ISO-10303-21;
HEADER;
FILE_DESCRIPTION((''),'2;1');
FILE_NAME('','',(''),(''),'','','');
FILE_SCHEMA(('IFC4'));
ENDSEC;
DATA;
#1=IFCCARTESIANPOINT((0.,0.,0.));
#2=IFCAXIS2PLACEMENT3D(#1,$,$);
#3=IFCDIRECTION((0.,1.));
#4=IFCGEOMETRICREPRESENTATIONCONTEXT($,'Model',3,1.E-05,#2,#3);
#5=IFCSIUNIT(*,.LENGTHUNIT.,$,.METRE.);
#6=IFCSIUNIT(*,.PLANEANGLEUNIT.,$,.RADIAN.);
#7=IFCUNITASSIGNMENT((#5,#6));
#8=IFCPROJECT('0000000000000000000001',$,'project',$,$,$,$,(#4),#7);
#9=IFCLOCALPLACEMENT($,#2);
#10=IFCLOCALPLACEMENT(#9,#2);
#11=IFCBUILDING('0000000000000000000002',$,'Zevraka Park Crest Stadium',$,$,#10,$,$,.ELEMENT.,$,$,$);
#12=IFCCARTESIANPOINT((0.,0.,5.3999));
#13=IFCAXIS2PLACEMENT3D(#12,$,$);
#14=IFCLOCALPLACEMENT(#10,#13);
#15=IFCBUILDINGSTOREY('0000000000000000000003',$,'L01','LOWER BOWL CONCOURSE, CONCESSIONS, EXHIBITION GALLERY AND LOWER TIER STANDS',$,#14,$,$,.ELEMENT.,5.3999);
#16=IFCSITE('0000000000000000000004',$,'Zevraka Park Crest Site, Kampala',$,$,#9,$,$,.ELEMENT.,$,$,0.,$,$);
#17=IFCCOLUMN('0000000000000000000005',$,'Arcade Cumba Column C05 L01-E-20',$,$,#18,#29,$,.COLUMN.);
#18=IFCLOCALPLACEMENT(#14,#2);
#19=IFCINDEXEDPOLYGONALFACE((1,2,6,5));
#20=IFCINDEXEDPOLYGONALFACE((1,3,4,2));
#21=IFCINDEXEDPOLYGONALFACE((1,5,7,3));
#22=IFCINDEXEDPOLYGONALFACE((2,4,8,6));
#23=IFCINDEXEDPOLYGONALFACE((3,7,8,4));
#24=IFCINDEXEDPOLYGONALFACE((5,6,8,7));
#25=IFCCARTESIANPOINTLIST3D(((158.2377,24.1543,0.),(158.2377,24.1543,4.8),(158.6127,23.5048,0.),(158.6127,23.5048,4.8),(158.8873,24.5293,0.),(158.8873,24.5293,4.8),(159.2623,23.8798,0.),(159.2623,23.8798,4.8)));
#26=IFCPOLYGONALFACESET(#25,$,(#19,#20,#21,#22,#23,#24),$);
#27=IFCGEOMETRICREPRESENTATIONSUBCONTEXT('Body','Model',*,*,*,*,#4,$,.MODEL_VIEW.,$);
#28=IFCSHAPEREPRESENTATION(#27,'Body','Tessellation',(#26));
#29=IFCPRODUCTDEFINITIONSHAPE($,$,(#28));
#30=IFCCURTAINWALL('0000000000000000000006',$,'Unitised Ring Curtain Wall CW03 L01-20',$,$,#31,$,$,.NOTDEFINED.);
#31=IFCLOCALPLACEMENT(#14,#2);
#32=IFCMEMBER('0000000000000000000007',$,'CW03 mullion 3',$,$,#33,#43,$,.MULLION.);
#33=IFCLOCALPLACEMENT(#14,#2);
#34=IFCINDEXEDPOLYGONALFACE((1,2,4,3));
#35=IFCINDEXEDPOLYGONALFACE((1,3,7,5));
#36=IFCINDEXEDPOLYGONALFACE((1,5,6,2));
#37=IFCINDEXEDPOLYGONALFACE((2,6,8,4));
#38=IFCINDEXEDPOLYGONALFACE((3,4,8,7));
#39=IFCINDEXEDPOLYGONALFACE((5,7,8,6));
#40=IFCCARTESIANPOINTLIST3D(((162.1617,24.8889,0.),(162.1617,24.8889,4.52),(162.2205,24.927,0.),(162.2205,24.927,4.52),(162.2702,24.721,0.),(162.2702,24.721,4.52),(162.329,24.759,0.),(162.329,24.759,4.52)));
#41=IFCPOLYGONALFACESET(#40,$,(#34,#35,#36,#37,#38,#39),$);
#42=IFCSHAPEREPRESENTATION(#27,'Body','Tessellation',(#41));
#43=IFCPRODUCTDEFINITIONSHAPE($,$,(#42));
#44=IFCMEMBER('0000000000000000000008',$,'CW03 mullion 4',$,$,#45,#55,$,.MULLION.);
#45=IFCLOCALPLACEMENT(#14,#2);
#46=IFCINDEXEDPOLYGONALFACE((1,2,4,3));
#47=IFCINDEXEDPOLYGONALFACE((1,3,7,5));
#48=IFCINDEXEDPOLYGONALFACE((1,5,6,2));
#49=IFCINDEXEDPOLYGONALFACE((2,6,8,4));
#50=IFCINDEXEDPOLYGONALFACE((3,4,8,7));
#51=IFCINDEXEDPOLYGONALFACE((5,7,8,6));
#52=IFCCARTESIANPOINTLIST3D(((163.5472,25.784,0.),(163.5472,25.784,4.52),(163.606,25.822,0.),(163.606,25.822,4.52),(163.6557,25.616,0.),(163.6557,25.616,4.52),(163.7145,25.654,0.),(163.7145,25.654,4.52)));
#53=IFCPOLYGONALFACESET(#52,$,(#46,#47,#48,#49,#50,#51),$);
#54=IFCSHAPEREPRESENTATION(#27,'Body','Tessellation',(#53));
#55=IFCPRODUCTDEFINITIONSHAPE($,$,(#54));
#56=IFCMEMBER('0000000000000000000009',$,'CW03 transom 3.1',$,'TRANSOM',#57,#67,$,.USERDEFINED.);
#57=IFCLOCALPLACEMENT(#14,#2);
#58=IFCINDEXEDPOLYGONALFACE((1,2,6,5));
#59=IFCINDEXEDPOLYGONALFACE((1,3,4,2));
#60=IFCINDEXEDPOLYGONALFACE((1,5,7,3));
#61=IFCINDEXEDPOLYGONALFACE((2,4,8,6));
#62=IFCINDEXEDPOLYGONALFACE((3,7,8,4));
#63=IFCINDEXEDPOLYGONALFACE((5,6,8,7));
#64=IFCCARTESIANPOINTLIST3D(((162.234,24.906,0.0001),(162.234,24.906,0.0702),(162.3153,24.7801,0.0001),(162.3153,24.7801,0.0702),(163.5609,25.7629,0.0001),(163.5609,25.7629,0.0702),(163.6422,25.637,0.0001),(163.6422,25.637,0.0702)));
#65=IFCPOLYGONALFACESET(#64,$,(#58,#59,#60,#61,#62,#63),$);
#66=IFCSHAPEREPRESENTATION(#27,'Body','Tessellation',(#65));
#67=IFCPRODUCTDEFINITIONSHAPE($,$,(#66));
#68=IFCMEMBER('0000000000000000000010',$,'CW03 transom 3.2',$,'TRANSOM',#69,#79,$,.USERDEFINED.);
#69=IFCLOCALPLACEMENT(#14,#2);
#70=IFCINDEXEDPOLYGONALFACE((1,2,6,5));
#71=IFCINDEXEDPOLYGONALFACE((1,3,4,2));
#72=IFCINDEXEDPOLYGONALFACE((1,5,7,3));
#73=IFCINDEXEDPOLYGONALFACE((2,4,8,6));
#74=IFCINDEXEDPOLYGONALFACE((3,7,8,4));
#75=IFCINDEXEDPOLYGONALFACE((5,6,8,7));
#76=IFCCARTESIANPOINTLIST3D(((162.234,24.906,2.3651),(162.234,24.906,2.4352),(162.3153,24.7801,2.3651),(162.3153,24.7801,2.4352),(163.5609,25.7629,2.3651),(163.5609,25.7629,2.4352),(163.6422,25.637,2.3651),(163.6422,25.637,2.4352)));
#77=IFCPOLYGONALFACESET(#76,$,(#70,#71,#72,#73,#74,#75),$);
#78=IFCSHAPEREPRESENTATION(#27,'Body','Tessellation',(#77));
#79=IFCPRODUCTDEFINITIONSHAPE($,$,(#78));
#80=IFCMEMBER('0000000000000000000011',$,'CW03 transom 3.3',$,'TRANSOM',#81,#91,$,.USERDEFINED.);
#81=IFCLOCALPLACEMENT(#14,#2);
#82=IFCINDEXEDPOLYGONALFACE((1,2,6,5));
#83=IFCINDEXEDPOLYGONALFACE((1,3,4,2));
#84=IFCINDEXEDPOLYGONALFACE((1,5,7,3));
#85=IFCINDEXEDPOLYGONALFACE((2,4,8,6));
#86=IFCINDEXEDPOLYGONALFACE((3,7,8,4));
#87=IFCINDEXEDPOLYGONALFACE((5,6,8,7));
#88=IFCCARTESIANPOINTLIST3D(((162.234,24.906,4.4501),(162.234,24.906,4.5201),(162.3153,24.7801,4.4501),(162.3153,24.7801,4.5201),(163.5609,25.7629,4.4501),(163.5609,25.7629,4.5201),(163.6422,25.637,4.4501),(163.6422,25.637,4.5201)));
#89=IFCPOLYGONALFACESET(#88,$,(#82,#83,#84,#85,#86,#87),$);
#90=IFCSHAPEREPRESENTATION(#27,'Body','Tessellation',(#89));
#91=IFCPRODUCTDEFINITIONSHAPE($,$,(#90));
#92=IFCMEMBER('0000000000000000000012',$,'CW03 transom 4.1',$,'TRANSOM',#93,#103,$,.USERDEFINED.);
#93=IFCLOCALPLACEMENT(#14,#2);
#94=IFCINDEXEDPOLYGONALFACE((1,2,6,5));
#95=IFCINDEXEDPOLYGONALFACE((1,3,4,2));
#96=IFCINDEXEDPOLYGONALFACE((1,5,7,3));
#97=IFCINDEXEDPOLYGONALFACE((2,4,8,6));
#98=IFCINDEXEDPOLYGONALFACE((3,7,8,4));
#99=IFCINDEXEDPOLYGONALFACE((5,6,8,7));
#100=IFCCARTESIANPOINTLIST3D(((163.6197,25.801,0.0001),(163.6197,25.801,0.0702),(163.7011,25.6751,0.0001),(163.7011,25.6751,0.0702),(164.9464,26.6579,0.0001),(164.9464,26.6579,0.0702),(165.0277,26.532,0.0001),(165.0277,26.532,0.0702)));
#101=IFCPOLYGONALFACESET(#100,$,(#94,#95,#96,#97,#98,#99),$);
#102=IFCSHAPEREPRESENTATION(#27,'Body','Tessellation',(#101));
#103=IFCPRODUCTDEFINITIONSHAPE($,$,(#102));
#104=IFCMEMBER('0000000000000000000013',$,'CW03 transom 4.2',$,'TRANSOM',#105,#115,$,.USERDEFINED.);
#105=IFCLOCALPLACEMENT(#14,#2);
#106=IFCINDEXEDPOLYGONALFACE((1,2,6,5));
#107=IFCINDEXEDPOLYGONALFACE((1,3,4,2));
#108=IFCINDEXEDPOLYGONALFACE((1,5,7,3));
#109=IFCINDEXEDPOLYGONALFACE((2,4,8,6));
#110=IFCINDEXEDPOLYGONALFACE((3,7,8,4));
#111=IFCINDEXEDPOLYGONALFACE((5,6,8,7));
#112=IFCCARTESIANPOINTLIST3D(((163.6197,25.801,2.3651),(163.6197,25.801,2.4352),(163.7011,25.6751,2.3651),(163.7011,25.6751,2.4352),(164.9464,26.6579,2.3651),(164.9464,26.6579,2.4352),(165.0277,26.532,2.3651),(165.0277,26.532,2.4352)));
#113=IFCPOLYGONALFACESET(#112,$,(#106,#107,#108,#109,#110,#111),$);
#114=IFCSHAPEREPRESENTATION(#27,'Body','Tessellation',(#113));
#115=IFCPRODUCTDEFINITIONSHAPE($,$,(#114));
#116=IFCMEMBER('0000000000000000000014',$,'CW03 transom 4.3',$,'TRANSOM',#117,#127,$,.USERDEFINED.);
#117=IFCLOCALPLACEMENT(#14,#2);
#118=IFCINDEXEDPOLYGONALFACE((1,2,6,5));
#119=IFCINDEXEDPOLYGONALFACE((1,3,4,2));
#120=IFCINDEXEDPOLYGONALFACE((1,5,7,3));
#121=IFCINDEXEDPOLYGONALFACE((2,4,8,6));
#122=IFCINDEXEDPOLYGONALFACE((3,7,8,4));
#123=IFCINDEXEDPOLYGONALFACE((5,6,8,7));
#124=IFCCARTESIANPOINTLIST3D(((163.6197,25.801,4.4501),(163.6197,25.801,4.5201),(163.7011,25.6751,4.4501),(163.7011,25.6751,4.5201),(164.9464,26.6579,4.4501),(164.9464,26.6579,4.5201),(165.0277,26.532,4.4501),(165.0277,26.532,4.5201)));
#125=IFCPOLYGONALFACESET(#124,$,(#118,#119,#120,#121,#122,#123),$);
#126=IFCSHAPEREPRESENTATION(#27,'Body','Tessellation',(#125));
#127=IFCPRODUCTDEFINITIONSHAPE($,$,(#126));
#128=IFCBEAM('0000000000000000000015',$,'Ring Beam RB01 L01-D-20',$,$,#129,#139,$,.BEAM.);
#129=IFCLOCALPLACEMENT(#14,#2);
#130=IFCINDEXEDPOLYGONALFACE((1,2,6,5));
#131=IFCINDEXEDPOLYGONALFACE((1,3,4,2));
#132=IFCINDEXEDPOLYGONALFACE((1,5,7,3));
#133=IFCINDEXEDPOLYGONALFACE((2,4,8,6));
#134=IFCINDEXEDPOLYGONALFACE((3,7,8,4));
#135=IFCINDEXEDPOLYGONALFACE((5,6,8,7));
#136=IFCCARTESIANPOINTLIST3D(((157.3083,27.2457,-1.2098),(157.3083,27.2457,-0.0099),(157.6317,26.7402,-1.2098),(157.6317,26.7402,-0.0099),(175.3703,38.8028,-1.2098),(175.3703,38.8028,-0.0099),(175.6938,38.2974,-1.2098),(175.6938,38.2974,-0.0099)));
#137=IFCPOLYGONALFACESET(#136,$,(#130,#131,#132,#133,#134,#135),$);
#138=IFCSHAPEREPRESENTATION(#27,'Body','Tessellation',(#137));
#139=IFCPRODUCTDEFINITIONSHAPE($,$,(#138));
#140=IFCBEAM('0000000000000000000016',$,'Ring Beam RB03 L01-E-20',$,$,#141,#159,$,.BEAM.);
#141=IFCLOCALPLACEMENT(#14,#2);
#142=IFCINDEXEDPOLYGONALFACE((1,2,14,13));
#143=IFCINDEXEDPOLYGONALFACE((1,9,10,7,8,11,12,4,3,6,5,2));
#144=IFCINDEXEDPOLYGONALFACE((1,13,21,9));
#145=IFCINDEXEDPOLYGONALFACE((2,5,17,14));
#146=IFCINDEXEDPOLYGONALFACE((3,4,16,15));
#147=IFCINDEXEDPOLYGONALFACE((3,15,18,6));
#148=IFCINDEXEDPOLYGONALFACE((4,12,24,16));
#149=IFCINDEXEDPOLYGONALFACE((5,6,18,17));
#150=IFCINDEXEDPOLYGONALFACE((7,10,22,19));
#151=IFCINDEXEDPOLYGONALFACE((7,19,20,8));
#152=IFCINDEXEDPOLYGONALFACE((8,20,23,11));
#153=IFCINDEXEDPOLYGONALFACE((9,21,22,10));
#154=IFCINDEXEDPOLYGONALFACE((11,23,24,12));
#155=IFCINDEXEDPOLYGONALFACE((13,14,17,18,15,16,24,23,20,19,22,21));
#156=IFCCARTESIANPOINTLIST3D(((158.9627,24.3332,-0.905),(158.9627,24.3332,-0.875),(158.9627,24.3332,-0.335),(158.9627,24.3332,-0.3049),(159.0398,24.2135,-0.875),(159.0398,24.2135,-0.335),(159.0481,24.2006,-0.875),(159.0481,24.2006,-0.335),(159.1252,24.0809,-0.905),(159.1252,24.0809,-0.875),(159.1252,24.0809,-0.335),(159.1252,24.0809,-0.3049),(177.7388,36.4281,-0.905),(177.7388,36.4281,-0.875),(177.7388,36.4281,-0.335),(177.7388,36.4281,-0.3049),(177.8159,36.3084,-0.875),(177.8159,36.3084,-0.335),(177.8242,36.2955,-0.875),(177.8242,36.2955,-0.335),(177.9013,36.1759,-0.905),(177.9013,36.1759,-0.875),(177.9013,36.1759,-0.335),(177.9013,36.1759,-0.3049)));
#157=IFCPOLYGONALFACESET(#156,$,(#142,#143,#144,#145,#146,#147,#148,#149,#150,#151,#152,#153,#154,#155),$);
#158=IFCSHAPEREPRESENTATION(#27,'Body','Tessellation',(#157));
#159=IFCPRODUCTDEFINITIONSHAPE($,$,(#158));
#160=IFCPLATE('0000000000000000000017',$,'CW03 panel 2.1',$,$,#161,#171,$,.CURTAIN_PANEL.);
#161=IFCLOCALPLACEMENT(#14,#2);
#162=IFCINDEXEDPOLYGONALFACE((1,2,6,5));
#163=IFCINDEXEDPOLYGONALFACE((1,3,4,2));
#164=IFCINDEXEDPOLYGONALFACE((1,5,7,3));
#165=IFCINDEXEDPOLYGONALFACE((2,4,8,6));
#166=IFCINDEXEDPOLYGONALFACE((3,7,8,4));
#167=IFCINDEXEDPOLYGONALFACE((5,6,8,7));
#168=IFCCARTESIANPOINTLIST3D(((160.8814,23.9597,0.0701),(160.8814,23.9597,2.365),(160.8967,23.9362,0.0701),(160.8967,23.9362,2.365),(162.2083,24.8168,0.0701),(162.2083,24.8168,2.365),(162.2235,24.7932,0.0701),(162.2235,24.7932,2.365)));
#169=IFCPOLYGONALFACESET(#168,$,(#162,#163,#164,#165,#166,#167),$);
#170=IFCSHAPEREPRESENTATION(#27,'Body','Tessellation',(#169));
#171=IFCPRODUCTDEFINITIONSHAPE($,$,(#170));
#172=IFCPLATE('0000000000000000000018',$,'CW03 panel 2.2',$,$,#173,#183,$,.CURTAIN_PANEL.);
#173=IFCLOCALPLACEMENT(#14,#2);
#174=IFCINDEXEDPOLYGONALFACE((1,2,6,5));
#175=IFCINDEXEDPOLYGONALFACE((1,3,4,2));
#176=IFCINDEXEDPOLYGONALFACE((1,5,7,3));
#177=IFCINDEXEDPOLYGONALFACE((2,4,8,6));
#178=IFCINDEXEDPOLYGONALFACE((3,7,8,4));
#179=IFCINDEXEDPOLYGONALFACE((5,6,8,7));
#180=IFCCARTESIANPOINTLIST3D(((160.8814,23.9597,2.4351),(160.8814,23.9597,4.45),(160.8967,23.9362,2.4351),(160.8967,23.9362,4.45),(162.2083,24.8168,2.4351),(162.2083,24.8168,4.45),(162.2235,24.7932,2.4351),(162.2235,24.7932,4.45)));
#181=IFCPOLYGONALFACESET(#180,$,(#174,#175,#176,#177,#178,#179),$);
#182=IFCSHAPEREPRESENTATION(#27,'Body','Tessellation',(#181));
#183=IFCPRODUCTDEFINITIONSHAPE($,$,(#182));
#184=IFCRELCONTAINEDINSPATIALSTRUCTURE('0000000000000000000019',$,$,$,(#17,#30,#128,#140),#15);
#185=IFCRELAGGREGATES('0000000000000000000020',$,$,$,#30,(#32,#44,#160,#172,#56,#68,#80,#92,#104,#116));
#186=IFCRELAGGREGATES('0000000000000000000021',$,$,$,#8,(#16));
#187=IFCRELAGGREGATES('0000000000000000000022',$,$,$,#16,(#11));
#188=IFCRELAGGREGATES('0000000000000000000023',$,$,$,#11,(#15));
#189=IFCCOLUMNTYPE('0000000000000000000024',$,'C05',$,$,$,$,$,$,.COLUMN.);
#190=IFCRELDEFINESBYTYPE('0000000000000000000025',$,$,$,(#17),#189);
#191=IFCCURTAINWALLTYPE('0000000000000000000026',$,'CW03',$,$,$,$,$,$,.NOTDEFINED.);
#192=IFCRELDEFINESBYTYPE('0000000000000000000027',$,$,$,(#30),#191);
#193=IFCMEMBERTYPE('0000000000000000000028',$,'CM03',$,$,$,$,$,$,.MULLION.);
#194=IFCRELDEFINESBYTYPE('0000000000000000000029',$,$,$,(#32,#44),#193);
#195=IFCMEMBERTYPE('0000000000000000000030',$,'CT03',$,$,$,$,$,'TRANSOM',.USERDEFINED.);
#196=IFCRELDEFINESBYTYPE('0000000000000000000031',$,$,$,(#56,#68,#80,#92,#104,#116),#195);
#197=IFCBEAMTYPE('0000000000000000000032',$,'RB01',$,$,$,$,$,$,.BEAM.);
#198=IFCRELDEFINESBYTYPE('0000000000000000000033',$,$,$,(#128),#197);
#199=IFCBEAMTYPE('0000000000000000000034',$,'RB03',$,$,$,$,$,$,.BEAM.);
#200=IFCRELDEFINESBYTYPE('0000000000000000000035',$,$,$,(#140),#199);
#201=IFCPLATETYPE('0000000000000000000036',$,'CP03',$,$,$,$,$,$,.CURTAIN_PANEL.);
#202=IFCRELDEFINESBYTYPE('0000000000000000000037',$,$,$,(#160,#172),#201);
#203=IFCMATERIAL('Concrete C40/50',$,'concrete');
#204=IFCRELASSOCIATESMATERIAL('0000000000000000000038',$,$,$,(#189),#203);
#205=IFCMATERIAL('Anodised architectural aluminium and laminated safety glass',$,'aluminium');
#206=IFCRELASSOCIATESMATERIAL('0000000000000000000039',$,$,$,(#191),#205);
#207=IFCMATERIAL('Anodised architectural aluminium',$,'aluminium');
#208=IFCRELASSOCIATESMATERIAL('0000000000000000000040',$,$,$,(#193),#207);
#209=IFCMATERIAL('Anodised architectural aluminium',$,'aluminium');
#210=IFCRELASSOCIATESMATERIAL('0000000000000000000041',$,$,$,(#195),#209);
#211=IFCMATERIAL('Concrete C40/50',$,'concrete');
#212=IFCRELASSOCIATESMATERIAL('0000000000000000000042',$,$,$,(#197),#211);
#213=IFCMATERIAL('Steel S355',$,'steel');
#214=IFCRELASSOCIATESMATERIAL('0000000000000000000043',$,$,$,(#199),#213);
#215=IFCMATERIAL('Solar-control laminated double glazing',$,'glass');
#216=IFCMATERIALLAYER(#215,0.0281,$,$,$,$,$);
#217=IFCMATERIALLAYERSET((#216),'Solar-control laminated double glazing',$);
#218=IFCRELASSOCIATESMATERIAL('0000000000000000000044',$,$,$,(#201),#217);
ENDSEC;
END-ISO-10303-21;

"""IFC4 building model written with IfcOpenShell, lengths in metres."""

from ifc_helpers import new_model, si_unit, direction, frame, origin, origin_2d, place, context, subcontext, project, spatial, rectangle, i_section, extrude, material, layer, layer_set, material_profile, profile_set, type_object, element, aggregate, save


model = new_model("IFC4")

# Units and contexts
model_context = context("Model", 3, precision=1e-05, world=origin(), true_north=direction((0.0, 1.0)))
body_context = subcontext(model_context, "Body", "Model", "MODEL_VIEW")
ifc_project = project(units=[si_unit("LENGTHUNIT", "METRE"), si_unit("PLANEANGLEUNIT", "RADIAN")], contexts=[model_context])

# Site, building, storey
site_placement = place(None, origin())
site = spatial("IfcSite", under=ifc_project, at=site_placement, Name="Zevraka Park Crest Site, Kampala", CompositionType="ELEMENT", RefElevation=0.0)
building_placement = place(site_placement, origin())
building = spatial("IfcBuilding", under=site, at=building_placement, Name="Zevraka Park Crest Stadium", CompositionType="ELEMENT")
storey_placement = place(building_placement, frame((0.0, 0.0, 5.3999)))
storey = spatial("IfcBuildingStorey", under=building, at=storey_placement, Name="L01", Description="LOWER BOWL CONCOURSE, CONCESSIONS, EXHIBITION GALLERY AND LOWER TIER STANDS", CompositionType="ELEMENT", Elevation=5.3999)

# Column
ifc_material_1 = material(Name="Concrete C40/50", Category="concrete")
ifc_material_profile_1 = material_profile(ifc_material_1, rectangle(XDim=0.75, YDim=0.75, at=origin_2d()), Name="RC 750x750")
ifc_profile_set_1 = profile_set([ifc_material_profile_1], Name="Concrete C40/50")
column_type = type_object("IfcColumnType", Name="C05", PredefinedType="COLUMN", material=ifc_profile_set_1)
column_placement = place(storey_placement, frame((158.75, 24.0171, 0.0), z_axis=(0.0, 0.0, 1.0), x_axis=(-0.5, 0.866025, 0.0)))
element("IfcColumn", 1, at=column_placement, inside=storey, type_object=column_type, Name="Arcade Cumba Column C05 L01-E-20", PredefinedType="COLUMN", context=body_context, shape_type="SweptSolid", body=[
    extrude(rectangle(XDim=0.75, YDim=0.75, at=origin_2d()), origin(), (0.0, 0.0, 1.0), 4.8),
])

# Curtain wall, members
ifc_material_2 = material(Name="Anodised architectural aluminium and laminated safety glass", Category="aluminium")
curtain_wall_type = type_object("IfcCurtainWallType", Name="CW03", PredefinedType="NOTDEFINED", material=ifc_material_2)
curtain_wall_placement = place(storey_placement, origin())
curtain_wall = element("IfcCurtainWall", 2, at=curtain_wall_placement, inside=storey, type_object=curtain_wall_type, Name="Unitised Ring Curtain Wall CW03 L01-20", PredefinedType="NOTDEFINED")
ifc_material_3 = material(Name="Anodised architectural aluminium", Category="aluminium")
ifc_material_profile_2 = material_profile(ifc_material_3, rectangle(XDim=0.2, YDim=0.0701, at=origin_2d()), Name="ALU MULLION 200x70")
ifc_profile_set_2 = profile_set([ifc_material_profile_2], Name="Anodised architectural aluminium")
member_type_1 = type_object("IfcMemberType", Name="CM03", PredefinedType="MULLION", material=ifc_profile_set_2)
member_1_placement = place(storey_placement, frame((162.2454, 24.824, 0.0), z_axis=(0.0, 0.0, 1.0), x_axis=(-0.542571, 0.84001, 0.0)))
member_1 = element("IfcMember", 3, at=member_1_placement, type_object=member_type_1, Name="CW03 mullion 3", PredefinedType="MULLION", context=body_context, shape_type="SweptSolid", body=[
    extrude(rectangle(XDim=0.2, YDim=0.0701, at=origin_2d()), origin(), (0.0, 0.0, 1.0), 4.52),
])
member_2_placement = place(storey_placement, frame((163.6309, 25.719, 0.0), z_axis=(0.0, 0.0, 1.0), x_axis=(-0.542571, 0.84001, 0.0)))
member_2 = element("IfcMember", 4, at=member_2_placement, type_object=member_type_1, Name="CW03 mullion 4", PredefinedType="MULLION", context=body_context, shape_type="SweptSolid", body=[
    extrude(rectangle(XDim=0.2, YDim=0.0701, at=origin_2d()), origin(), (0.0, 0.0, 1.0), 4.52),
])
ifc_material_4 = material(Name="Anodised architectural aluminium", Category="aluminium")
ifc_material_profile_3 = material_profile(ifc_material_4, rectangle(XDim=0.1499, YDim=0.0701, at=origin_2d()), Name="ALU TRANSOM 150x70")
ifc_profile_set_3 = profile_set([ifc_material_profile_3], Name="Anodised architectural aluminium")
member_type_2 = type_object("IfcMemberType", Name="CT03", ElementType="TRANSOM", PredefinedType="USERDEFINED", material=ifc_profile_set_3)
member_3_placement = place(storey_placement, frame((162.2747, 24.843, 0.0352), z_axis=(0.840047, 0.542514, 0.0), x_axis=(-0.542514, 0.840047, 0.0)))
member_3 = element("IfcMember", 5, at=member_3_placement, type_object=member_type_2, Name="CW03 transom 3.1", ObjectType="TRANSOM", PredefinedType="USERDEFINED", context=body_context, shape_type="SweptSolid", body=[
    extrude(rectangle(XDim=0.1499, YDim=0.0701, at=origin_2d()), origin(), (0.0, 0.0, 1.0), 1.5796),
])
member_4_placement = place(storey_placement, frame((162.2747, 24.843, 2.4001), z_axis=(0.840047, 0.542514, 0.0), x_axis=(-0.542514, 0.840047, 0.0)))
member_4 = element("IfcMember", 6, at=member_4_placement, type_object=member_type_2, Name="CW03 transom 3.2", ObjectType="TRANSOM", PredefinedType="USERDEFINED", context=body_context, shape_type="SweptSolid", body=[
    extrude(rectangle(XDim=0.1499, YDim=0.0701, at=origin_2d()), origin(), (0.0, 0.0, 1.0), 1.5796),
])
member_5_placement = place(storey_placement, frame((162.2747, 24.843, 4.4851), z_axis=(0.840047, 0.542514, 0.0), x_axis=(-0.542514, 0.840047, 0.0)))
member_5 = element("IfcMember", 7, at=member_5_placement, type_object=member_type_2, Name="CW03 transom 3.3", ObjectType="TRANSOM", PredefinedType="USERDEFINED", context=body_context, shape_type="SweptSolid", body=[
    extrude(rectangle(XDim=0.1499, YDim=0.0701, at=origin_2d()), origin(), (0.0, 0.0, 1.0), 1.5796),
])
member_6_placement = place(storey_placement, frame((163.6604, 25.738, 0.0352), z_axis=(0.840001, 0.542585, 0.0), x_axis=(-0.542585, 0.840001, 0.0)))
member_6 = element("IfcMember", 8, at=member_6_placement, type_object=member_type_2, Name="CW03 transom 4.1", ObjectType="TRANSOM", PredefinedType="USERDEFINED", context=body_context, shape_type="SweptSolid", body=[
    extrude(rectangle(XDim=0.1499, YDim=0.0701, at=origin_2d()), origin(), (0.0, 0.0, 1.0), 1.5793),
])
member_7_placement = place(storey_placement, frame((163.6604, 25.738, 2.4001), z_axis=(0.840001, 0.542585, 0.0), x_axis=(-0.542585, 0.840001, 0.0)))
member_7 = element("IfcMember", 9, at=member_7_placement, type_object=member_type_2, Name="CW03 transom 4.2", ObjectType="TRANSOM", PredefinedType="USERDEFINED", context=body_context, shape_type="SweptSolid", body=[
    extrude(rectangle(XDim=0.1499, YDim=0.0701, at=origin_2d()), origin(), (0.0, 0.0, 1.0), 1.5793),
])
member_8_placement = place(storey_placement, frame((163.6604, 25.738, 4.4851), z_axis=(0.840001, 0.542585, 0.0), x_axis=(-0.542585, 0.840001, 0.0)))
member_8 = element("IfcMember", 10, at=member_8_placement, type_object=member_type_2, Name="CW03 transom 4.3", ObjectType="TRANSOM", PredefinedType="USERDEFINED", context=body_context, shape_type="SweptSolid", body=[
    extrude(rectangle(XDim=0.1499, YDim=0.0701, at=origin_2d()), origin(), (0.0, 0.0, 1.0), 1.5793),
])

# Beams
ifc_material_5 = material(Name="Concrete C40/50", Category="concrete")
ifc_material_profile_4 = material_profile(ifc_material_5, rectangle(XDim=0.6001, YDim=1.2, at=origin_2d()), Name="RC 1200x600")
ifc_profile_set_4 = profile_set([ifc_material_profile_4], Name="Concrete C40/50")
beam_type_1 = type_object("IfcBeamType", Name="RB01", PredefinedType="BEAM", material=ifc_profile_set_4)
beam_1_placement = place(storey_placement, frame((157.47, 26.9929, -0.6099), z_axis=(0.842326, 0.538969, 0.0), x_axis=(-0.538969, 0.842326, 0.0)))
element("IfcBeam", 11, at=beam_1_placement, inside=storey, type_object=beam_type_1, Name="Ring Beam RB01 L01-D-20", PredefinedType="BEAM", context=body_context, shape_type="SweptSolid", body=[
    extrude(rectangle(XDim=0.6001, YDim=1.2, at=origin_2d()), origin(), (0.0, 0.0, 1.0), 21.4431),
])
ifc_material_6 = material(Name="Steel S355", Category="steel")
ifc_material_profile_5 = material_profile(ifc_material_6, i_section(OverallWidth=0.3, OverallDepth=0.6001, WebThickness=0.0154, FlangeThickness=0.03, at=origin_2d()), Name="HEB 600")
ifc_profile_set_5 = profile_set([ifc_material_profile_5], Name="Steel S355")
beam_type_2 = type_object("IfcBeamType", Name="RB03", PredefinedType="BEAM", material=ifc_profile_set_5)
beam_2_placement = place(storey_placement, frame((159.0439, 24.207, -0.605), z_axis=(0.840677, 0.541537, 0.0), x_axis=(-0.541537, 0.840677, 0.0)))
element("IfcBeam", 12, at=beam_2_placement, inside=storey, type_object=beam_type_2, Name="Ring Beam RB03 L01-E-20", PredefinedType="BEAM", context=body_context, shape_type="SweptSolid", body=[
    extrude(i_section(OverallWidth=0.3, OverallDepth=0.6001, WebThickness=0.0154, FlangeThickness=0.03, at=origin_2d()), origin(), (0.0, 0.0, 1.0), 22.3345),
])

# Plates
ifc_material_7 = material(Name="Solar-control laminated double glazing", Category="glass")
ifc_layer_1 = layer(ifc_material_7, 0.0281)
ifc_layer_set_1 = layer_set([ifc_layer_1], Name="Solar-control laminated double glazing")
plate_type = type_object("IfcPlateType", Name="CP03", PredefinedType="CURTAIN_PANEL", material=ifc_layer_set_1)
plate_1_placement = place(storey_placement, frame((161.5525, 24.3765, 0.0701), z_axis=(0.0, 0.0, 1.0), x_axis=(0.84001, 0.542571, 0.0)))
plate_1 = element("IfcPlate", 13, at=plate_1_placement, type_object=plate_type, Name="CW03 panel 2.1", PredefinedType="CURTAIN_PANEL", context=body_context, shape_type="SweptSolid", body=[
    extrude(rectangle(XDim=1.5796, YDim=0.0281, at=origin_2d()), origin(), (0.0, 0.0, 1.0), 2.2949),
])
plate_2_placement = place(storey_placement, frame((161.5525, 24.3765, 2.4351), z_axis=(0.0, 0.0, 1.0), x_axis=(0.84001, 0.542571, 0.0)))
plate_2 = element("IfcPlate", 14, at=plate_2_placement, type_object=plate_type, Name="CW03 panel 2.2", PredefinedType="CURTAIN_PANEL", context=body_context, shape_type="SweptSolid", body=[
    extrude(rectangle(XDim=1.5796, YDim=0.0281, at=origin_2d()), origin(), (0.0, 0.0, 1.0), 2.0149),
])
aggregate(curtain_wall, [member_1, member_2, plate_1, plate_2, member_3, member_4, member_5, member_6, member_7, member_8])

save(model, "model.ifc")
